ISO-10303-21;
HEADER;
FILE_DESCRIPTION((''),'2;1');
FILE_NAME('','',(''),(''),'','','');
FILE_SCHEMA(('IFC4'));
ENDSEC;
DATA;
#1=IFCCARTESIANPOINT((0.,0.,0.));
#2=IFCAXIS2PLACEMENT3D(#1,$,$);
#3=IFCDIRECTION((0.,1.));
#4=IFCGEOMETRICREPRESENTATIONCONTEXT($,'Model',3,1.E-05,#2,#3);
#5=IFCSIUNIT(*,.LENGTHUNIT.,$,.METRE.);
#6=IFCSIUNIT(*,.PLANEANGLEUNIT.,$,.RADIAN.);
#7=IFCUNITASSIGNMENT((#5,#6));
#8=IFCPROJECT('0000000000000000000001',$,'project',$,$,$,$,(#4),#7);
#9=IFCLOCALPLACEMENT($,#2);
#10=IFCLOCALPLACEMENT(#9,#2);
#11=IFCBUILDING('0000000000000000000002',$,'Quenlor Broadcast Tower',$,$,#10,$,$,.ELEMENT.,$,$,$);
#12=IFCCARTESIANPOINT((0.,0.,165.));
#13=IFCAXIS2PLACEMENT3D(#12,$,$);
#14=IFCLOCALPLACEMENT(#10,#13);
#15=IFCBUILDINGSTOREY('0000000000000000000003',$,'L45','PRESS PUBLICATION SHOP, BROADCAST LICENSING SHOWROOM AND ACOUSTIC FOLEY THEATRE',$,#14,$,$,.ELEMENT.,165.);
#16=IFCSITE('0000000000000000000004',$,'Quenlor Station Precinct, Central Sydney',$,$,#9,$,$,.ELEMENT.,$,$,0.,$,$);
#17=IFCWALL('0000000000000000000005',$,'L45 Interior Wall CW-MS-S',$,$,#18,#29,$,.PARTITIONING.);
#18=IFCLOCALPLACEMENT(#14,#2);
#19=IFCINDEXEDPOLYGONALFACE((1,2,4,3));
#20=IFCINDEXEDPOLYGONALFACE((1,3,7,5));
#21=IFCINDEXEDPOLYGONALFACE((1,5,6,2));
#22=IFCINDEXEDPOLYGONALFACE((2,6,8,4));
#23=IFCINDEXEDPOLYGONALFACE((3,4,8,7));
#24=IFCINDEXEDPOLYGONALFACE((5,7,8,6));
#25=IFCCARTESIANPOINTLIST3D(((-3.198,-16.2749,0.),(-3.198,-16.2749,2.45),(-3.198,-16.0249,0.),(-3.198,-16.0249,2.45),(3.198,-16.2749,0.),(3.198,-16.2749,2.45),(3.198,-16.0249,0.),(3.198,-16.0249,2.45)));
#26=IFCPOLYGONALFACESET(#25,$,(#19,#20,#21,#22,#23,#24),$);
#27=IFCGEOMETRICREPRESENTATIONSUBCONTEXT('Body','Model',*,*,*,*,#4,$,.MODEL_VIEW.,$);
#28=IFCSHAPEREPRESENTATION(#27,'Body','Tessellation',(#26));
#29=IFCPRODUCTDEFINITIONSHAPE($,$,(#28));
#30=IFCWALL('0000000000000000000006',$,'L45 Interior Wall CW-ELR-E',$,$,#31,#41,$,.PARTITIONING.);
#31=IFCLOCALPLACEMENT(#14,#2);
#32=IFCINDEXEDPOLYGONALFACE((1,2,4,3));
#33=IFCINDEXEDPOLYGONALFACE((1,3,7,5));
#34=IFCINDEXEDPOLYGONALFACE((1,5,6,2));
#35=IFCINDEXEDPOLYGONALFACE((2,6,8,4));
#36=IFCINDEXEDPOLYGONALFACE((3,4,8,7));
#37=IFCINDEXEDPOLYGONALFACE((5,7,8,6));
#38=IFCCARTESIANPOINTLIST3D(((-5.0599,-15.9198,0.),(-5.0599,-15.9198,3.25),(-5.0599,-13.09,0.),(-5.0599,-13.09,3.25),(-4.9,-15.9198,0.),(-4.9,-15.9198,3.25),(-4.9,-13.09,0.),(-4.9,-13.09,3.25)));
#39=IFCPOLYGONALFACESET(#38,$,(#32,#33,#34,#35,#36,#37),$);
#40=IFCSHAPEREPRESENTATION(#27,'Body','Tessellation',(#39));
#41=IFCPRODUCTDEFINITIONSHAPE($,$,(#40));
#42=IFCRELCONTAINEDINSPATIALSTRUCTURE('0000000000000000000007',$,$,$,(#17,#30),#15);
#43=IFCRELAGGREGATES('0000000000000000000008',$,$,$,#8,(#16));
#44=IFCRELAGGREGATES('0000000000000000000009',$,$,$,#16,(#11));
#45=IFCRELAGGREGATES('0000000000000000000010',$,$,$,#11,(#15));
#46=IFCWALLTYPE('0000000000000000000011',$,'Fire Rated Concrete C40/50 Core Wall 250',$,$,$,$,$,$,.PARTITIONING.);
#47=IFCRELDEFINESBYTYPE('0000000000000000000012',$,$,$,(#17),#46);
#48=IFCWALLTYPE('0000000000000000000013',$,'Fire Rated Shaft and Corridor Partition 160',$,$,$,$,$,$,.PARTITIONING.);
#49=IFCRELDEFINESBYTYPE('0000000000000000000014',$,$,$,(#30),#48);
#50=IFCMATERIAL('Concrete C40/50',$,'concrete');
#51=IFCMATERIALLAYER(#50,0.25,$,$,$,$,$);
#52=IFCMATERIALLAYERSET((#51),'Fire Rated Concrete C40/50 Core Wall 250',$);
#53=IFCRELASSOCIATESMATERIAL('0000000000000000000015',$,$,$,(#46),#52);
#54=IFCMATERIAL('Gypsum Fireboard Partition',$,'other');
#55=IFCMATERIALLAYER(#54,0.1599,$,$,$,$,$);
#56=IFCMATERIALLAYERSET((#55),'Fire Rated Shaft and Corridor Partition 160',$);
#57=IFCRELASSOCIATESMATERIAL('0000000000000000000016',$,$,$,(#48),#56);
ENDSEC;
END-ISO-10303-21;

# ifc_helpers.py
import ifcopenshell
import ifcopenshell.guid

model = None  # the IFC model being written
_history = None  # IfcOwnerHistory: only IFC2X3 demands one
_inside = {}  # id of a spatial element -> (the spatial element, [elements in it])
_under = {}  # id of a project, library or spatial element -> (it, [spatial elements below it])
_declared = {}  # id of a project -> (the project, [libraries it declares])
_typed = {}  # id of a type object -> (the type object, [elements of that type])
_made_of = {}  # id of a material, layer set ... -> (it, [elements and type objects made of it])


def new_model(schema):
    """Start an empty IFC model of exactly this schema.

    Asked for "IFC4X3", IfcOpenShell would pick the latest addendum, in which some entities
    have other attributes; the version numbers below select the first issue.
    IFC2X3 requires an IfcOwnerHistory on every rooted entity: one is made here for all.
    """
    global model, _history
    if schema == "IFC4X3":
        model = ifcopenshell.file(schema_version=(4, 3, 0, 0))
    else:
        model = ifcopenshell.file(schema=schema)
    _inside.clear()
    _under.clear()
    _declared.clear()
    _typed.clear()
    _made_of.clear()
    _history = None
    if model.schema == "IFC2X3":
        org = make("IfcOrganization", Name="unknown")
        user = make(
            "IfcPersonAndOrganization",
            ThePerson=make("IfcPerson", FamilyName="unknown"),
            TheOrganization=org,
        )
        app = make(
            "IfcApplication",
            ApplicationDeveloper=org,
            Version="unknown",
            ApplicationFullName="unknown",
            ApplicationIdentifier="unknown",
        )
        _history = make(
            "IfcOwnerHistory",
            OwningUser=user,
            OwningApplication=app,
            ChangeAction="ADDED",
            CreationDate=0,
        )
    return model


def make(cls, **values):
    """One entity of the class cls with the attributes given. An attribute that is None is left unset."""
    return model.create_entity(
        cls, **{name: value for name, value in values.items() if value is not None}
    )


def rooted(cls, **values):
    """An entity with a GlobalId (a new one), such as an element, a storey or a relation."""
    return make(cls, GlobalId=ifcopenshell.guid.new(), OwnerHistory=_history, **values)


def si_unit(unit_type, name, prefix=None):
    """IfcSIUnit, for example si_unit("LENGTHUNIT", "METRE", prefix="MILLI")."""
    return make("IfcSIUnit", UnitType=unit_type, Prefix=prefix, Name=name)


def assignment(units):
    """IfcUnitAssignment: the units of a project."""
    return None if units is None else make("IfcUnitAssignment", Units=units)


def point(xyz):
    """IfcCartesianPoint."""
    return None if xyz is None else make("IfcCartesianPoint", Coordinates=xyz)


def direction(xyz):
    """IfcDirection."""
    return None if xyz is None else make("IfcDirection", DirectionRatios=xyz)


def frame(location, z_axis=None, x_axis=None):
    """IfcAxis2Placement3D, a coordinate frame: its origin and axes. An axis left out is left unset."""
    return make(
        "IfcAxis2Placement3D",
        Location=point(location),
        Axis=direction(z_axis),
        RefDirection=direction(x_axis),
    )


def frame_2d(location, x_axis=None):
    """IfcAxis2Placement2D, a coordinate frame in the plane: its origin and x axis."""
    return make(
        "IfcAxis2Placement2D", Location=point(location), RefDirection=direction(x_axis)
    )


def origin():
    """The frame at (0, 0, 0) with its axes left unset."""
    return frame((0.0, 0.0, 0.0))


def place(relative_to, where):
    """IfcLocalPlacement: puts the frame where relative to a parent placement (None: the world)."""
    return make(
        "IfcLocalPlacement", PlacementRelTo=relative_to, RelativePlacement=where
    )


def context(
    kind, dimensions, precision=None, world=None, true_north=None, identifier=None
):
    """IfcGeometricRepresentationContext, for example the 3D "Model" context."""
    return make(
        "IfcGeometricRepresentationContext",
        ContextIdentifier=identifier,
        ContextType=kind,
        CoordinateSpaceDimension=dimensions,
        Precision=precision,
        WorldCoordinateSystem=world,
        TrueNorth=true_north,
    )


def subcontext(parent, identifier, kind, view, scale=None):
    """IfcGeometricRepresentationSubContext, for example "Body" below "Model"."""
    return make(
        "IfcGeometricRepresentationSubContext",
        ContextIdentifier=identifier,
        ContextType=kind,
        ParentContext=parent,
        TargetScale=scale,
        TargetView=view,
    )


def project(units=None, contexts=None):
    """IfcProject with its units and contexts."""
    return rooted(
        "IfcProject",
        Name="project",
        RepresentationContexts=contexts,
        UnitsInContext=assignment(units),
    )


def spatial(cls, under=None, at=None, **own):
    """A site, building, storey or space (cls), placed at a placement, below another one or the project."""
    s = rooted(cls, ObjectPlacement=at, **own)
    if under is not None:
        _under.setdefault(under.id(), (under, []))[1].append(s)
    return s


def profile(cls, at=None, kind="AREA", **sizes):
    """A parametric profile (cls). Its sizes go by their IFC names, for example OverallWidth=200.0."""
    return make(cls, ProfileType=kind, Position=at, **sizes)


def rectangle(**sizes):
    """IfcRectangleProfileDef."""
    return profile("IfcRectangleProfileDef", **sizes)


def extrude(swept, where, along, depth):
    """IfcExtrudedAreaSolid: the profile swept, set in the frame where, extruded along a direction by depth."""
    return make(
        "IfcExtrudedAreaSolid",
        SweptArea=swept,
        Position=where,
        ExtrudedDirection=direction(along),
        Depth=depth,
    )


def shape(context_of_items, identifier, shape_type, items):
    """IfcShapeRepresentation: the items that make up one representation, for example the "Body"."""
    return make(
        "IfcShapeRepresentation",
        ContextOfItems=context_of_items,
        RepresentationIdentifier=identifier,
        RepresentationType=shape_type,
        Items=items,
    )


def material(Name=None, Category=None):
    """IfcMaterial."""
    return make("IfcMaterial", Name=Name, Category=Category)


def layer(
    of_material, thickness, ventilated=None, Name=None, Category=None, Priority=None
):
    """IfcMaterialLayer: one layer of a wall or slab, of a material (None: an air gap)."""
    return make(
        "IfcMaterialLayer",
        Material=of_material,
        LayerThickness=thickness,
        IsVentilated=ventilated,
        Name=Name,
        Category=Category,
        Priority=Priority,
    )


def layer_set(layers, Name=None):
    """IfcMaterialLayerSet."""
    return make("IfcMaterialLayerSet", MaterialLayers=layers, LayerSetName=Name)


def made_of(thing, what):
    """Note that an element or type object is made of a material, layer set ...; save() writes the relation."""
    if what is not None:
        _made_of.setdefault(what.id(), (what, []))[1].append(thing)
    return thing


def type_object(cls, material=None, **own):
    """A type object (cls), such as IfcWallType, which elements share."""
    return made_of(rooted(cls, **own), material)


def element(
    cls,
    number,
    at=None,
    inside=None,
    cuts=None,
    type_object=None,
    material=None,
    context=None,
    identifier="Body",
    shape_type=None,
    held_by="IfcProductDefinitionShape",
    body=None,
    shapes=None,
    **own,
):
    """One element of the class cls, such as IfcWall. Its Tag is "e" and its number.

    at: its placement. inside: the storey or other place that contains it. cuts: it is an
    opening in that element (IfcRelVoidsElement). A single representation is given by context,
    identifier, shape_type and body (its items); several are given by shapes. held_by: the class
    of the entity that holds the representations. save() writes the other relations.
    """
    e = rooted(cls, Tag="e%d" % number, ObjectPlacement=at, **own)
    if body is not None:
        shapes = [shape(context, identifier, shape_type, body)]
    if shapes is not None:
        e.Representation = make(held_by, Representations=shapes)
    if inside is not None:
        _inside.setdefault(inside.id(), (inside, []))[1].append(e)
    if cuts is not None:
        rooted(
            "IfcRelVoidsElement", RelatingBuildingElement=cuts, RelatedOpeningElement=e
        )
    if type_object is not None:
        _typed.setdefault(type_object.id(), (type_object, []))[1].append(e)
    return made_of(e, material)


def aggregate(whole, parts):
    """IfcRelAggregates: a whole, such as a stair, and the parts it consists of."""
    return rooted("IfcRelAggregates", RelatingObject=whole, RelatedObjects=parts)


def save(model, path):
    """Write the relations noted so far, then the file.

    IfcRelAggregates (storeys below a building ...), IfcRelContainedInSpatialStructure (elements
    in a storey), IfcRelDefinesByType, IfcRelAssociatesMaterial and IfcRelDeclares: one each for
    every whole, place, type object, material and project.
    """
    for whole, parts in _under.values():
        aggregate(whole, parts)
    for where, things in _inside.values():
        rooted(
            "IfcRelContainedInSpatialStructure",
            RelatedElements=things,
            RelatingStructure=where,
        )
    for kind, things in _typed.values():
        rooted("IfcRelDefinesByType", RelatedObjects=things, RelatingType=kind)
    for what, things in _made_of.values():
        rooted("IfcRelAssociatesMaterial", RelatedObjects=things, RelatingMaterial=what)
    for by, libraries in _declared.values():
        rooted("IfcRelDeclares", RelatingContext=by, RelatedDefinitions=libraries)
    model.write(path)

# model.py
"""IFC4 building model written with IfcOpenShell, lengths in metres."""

from ifc_helpers import new_model, si_unit, direction, frame, frame_2d, origin, place, context, subcontext, project, spatial, rectangle, extrude, material, layer, layer_set, type_object, element, save


model = new_model("IFC4")

# Units and contexts
model_context = context("Model", 3, precision=1e-05, world=origin(), true_north=direction((0.0, 1.0)))
body_context = subcontext(model_context, "Body", "Model", "MODEL_VIEW")
ifc_project = project(units=[si_unit("LENGTHUNIT", "METRE"), si_unit("PLANEANGLEUNIT", "RADIAN")], contexts=[model_context])

# Site, building, storey
site_placement = place(None, origin())
site = spatial("IfcSite", under=ifc_project, at=site_placement, Name="Quenlor Station Precinct, Central Sydney", CompositionType="ELEMENT", RefElevation=0.0)
building_placement = place(site_placement, origin())
building = spatial("IfcBuilding", under=site, at=building_placement, Name="Quenlor Broadcast Tower", CompositionType="ELEMENT")
storey_placement = place(building_placement, frame((0.0, 0.0, 165.0)))
storey = spatial("IfcBuildingStorey", under=building, at=storey_placement, Name="L45", Description="PRESS PUBLICATION SHOP, BROADCAST LICENSING SHOWROOM AND ACOUSTIC FOLEY THEATRE", CompositionType="ELEMENT", Elevation=165.0)

# Shared definitions
ifc_material_1 = material(Name="Concrete C40/50", Category="concrete")
ifc_layer_1 = layer(ifc_material_1, 0.25)
ifc_layer_set_1 = layer_set([ifc_layer_1], Name="Fire Rated Concrete C40/50 Core Wall 250")
wall_type_1 = type_object("IfcWallType", Name="Fire Rated Concrete C40/50 Core Wall 250", PredefinedType="PARTITIONING", material=ifc_layer_set_1)

# Walls
wall_1_placement = place(storey_placement, frame((-3.198, -16.1499, 0.0), z_axis=(0.0, 0.0, 1.0), x_axis=(1.0, 0.0, 0.0)))
element("IfcWall", 1, at=wall_1_placement, inside=storey, type_object=wall_type_1, Name="L45 Interior Wall CW-MS-S", PredefinedType="PARTITIONING", context=body_context, shape_type="SweptSolid", body=[
    extrude(rectangle(XDim=6.396, YDim=0.25, at=frame_2d((3.198, 0.0))), origin(), (0.0, 0.0, 1.0), 2.45),
])
ifc_material_2 = material(Name="Gypsum Fireboard Partition", Category="other")
ifc_layer_2 = layer(ifc_material_2, 0.1599)
ifc_layer_set_2 = layer_set([ifc_layer_2], Name="Fire Rated Shaft and Corridor Partition 160")
wall_type_2 = type_object("IfcWallType", Name="Fire Rated Shaft and Corridor Partition 160", PredefinedType="PARTITIONING", material=ifc_layer_set_2)
wall_2_placement = place(storey_placement, frame((-4.98, -15.9199, 0.0), z_axis=(0.0, 0.0, 1.0), x_axis=(0.0, 1.0, 0.0)))
element("IfcWall", 2, at=wall_2_placement, inside=storey, type_object=wall_type_2, Name="L45 Interior Wall CW-ELR-E", PredefinedType="PARTITIONING", context=body_context, shape_type="SweptSolid", body=[
    extrude(rectangle(XDim=2.8298, YDim=0.1599, at=frame_2d((1.415, 0.0))), origin(), (0.0, 0.0, 1.0), 3.25),
])

save(model, "model.ifc")
